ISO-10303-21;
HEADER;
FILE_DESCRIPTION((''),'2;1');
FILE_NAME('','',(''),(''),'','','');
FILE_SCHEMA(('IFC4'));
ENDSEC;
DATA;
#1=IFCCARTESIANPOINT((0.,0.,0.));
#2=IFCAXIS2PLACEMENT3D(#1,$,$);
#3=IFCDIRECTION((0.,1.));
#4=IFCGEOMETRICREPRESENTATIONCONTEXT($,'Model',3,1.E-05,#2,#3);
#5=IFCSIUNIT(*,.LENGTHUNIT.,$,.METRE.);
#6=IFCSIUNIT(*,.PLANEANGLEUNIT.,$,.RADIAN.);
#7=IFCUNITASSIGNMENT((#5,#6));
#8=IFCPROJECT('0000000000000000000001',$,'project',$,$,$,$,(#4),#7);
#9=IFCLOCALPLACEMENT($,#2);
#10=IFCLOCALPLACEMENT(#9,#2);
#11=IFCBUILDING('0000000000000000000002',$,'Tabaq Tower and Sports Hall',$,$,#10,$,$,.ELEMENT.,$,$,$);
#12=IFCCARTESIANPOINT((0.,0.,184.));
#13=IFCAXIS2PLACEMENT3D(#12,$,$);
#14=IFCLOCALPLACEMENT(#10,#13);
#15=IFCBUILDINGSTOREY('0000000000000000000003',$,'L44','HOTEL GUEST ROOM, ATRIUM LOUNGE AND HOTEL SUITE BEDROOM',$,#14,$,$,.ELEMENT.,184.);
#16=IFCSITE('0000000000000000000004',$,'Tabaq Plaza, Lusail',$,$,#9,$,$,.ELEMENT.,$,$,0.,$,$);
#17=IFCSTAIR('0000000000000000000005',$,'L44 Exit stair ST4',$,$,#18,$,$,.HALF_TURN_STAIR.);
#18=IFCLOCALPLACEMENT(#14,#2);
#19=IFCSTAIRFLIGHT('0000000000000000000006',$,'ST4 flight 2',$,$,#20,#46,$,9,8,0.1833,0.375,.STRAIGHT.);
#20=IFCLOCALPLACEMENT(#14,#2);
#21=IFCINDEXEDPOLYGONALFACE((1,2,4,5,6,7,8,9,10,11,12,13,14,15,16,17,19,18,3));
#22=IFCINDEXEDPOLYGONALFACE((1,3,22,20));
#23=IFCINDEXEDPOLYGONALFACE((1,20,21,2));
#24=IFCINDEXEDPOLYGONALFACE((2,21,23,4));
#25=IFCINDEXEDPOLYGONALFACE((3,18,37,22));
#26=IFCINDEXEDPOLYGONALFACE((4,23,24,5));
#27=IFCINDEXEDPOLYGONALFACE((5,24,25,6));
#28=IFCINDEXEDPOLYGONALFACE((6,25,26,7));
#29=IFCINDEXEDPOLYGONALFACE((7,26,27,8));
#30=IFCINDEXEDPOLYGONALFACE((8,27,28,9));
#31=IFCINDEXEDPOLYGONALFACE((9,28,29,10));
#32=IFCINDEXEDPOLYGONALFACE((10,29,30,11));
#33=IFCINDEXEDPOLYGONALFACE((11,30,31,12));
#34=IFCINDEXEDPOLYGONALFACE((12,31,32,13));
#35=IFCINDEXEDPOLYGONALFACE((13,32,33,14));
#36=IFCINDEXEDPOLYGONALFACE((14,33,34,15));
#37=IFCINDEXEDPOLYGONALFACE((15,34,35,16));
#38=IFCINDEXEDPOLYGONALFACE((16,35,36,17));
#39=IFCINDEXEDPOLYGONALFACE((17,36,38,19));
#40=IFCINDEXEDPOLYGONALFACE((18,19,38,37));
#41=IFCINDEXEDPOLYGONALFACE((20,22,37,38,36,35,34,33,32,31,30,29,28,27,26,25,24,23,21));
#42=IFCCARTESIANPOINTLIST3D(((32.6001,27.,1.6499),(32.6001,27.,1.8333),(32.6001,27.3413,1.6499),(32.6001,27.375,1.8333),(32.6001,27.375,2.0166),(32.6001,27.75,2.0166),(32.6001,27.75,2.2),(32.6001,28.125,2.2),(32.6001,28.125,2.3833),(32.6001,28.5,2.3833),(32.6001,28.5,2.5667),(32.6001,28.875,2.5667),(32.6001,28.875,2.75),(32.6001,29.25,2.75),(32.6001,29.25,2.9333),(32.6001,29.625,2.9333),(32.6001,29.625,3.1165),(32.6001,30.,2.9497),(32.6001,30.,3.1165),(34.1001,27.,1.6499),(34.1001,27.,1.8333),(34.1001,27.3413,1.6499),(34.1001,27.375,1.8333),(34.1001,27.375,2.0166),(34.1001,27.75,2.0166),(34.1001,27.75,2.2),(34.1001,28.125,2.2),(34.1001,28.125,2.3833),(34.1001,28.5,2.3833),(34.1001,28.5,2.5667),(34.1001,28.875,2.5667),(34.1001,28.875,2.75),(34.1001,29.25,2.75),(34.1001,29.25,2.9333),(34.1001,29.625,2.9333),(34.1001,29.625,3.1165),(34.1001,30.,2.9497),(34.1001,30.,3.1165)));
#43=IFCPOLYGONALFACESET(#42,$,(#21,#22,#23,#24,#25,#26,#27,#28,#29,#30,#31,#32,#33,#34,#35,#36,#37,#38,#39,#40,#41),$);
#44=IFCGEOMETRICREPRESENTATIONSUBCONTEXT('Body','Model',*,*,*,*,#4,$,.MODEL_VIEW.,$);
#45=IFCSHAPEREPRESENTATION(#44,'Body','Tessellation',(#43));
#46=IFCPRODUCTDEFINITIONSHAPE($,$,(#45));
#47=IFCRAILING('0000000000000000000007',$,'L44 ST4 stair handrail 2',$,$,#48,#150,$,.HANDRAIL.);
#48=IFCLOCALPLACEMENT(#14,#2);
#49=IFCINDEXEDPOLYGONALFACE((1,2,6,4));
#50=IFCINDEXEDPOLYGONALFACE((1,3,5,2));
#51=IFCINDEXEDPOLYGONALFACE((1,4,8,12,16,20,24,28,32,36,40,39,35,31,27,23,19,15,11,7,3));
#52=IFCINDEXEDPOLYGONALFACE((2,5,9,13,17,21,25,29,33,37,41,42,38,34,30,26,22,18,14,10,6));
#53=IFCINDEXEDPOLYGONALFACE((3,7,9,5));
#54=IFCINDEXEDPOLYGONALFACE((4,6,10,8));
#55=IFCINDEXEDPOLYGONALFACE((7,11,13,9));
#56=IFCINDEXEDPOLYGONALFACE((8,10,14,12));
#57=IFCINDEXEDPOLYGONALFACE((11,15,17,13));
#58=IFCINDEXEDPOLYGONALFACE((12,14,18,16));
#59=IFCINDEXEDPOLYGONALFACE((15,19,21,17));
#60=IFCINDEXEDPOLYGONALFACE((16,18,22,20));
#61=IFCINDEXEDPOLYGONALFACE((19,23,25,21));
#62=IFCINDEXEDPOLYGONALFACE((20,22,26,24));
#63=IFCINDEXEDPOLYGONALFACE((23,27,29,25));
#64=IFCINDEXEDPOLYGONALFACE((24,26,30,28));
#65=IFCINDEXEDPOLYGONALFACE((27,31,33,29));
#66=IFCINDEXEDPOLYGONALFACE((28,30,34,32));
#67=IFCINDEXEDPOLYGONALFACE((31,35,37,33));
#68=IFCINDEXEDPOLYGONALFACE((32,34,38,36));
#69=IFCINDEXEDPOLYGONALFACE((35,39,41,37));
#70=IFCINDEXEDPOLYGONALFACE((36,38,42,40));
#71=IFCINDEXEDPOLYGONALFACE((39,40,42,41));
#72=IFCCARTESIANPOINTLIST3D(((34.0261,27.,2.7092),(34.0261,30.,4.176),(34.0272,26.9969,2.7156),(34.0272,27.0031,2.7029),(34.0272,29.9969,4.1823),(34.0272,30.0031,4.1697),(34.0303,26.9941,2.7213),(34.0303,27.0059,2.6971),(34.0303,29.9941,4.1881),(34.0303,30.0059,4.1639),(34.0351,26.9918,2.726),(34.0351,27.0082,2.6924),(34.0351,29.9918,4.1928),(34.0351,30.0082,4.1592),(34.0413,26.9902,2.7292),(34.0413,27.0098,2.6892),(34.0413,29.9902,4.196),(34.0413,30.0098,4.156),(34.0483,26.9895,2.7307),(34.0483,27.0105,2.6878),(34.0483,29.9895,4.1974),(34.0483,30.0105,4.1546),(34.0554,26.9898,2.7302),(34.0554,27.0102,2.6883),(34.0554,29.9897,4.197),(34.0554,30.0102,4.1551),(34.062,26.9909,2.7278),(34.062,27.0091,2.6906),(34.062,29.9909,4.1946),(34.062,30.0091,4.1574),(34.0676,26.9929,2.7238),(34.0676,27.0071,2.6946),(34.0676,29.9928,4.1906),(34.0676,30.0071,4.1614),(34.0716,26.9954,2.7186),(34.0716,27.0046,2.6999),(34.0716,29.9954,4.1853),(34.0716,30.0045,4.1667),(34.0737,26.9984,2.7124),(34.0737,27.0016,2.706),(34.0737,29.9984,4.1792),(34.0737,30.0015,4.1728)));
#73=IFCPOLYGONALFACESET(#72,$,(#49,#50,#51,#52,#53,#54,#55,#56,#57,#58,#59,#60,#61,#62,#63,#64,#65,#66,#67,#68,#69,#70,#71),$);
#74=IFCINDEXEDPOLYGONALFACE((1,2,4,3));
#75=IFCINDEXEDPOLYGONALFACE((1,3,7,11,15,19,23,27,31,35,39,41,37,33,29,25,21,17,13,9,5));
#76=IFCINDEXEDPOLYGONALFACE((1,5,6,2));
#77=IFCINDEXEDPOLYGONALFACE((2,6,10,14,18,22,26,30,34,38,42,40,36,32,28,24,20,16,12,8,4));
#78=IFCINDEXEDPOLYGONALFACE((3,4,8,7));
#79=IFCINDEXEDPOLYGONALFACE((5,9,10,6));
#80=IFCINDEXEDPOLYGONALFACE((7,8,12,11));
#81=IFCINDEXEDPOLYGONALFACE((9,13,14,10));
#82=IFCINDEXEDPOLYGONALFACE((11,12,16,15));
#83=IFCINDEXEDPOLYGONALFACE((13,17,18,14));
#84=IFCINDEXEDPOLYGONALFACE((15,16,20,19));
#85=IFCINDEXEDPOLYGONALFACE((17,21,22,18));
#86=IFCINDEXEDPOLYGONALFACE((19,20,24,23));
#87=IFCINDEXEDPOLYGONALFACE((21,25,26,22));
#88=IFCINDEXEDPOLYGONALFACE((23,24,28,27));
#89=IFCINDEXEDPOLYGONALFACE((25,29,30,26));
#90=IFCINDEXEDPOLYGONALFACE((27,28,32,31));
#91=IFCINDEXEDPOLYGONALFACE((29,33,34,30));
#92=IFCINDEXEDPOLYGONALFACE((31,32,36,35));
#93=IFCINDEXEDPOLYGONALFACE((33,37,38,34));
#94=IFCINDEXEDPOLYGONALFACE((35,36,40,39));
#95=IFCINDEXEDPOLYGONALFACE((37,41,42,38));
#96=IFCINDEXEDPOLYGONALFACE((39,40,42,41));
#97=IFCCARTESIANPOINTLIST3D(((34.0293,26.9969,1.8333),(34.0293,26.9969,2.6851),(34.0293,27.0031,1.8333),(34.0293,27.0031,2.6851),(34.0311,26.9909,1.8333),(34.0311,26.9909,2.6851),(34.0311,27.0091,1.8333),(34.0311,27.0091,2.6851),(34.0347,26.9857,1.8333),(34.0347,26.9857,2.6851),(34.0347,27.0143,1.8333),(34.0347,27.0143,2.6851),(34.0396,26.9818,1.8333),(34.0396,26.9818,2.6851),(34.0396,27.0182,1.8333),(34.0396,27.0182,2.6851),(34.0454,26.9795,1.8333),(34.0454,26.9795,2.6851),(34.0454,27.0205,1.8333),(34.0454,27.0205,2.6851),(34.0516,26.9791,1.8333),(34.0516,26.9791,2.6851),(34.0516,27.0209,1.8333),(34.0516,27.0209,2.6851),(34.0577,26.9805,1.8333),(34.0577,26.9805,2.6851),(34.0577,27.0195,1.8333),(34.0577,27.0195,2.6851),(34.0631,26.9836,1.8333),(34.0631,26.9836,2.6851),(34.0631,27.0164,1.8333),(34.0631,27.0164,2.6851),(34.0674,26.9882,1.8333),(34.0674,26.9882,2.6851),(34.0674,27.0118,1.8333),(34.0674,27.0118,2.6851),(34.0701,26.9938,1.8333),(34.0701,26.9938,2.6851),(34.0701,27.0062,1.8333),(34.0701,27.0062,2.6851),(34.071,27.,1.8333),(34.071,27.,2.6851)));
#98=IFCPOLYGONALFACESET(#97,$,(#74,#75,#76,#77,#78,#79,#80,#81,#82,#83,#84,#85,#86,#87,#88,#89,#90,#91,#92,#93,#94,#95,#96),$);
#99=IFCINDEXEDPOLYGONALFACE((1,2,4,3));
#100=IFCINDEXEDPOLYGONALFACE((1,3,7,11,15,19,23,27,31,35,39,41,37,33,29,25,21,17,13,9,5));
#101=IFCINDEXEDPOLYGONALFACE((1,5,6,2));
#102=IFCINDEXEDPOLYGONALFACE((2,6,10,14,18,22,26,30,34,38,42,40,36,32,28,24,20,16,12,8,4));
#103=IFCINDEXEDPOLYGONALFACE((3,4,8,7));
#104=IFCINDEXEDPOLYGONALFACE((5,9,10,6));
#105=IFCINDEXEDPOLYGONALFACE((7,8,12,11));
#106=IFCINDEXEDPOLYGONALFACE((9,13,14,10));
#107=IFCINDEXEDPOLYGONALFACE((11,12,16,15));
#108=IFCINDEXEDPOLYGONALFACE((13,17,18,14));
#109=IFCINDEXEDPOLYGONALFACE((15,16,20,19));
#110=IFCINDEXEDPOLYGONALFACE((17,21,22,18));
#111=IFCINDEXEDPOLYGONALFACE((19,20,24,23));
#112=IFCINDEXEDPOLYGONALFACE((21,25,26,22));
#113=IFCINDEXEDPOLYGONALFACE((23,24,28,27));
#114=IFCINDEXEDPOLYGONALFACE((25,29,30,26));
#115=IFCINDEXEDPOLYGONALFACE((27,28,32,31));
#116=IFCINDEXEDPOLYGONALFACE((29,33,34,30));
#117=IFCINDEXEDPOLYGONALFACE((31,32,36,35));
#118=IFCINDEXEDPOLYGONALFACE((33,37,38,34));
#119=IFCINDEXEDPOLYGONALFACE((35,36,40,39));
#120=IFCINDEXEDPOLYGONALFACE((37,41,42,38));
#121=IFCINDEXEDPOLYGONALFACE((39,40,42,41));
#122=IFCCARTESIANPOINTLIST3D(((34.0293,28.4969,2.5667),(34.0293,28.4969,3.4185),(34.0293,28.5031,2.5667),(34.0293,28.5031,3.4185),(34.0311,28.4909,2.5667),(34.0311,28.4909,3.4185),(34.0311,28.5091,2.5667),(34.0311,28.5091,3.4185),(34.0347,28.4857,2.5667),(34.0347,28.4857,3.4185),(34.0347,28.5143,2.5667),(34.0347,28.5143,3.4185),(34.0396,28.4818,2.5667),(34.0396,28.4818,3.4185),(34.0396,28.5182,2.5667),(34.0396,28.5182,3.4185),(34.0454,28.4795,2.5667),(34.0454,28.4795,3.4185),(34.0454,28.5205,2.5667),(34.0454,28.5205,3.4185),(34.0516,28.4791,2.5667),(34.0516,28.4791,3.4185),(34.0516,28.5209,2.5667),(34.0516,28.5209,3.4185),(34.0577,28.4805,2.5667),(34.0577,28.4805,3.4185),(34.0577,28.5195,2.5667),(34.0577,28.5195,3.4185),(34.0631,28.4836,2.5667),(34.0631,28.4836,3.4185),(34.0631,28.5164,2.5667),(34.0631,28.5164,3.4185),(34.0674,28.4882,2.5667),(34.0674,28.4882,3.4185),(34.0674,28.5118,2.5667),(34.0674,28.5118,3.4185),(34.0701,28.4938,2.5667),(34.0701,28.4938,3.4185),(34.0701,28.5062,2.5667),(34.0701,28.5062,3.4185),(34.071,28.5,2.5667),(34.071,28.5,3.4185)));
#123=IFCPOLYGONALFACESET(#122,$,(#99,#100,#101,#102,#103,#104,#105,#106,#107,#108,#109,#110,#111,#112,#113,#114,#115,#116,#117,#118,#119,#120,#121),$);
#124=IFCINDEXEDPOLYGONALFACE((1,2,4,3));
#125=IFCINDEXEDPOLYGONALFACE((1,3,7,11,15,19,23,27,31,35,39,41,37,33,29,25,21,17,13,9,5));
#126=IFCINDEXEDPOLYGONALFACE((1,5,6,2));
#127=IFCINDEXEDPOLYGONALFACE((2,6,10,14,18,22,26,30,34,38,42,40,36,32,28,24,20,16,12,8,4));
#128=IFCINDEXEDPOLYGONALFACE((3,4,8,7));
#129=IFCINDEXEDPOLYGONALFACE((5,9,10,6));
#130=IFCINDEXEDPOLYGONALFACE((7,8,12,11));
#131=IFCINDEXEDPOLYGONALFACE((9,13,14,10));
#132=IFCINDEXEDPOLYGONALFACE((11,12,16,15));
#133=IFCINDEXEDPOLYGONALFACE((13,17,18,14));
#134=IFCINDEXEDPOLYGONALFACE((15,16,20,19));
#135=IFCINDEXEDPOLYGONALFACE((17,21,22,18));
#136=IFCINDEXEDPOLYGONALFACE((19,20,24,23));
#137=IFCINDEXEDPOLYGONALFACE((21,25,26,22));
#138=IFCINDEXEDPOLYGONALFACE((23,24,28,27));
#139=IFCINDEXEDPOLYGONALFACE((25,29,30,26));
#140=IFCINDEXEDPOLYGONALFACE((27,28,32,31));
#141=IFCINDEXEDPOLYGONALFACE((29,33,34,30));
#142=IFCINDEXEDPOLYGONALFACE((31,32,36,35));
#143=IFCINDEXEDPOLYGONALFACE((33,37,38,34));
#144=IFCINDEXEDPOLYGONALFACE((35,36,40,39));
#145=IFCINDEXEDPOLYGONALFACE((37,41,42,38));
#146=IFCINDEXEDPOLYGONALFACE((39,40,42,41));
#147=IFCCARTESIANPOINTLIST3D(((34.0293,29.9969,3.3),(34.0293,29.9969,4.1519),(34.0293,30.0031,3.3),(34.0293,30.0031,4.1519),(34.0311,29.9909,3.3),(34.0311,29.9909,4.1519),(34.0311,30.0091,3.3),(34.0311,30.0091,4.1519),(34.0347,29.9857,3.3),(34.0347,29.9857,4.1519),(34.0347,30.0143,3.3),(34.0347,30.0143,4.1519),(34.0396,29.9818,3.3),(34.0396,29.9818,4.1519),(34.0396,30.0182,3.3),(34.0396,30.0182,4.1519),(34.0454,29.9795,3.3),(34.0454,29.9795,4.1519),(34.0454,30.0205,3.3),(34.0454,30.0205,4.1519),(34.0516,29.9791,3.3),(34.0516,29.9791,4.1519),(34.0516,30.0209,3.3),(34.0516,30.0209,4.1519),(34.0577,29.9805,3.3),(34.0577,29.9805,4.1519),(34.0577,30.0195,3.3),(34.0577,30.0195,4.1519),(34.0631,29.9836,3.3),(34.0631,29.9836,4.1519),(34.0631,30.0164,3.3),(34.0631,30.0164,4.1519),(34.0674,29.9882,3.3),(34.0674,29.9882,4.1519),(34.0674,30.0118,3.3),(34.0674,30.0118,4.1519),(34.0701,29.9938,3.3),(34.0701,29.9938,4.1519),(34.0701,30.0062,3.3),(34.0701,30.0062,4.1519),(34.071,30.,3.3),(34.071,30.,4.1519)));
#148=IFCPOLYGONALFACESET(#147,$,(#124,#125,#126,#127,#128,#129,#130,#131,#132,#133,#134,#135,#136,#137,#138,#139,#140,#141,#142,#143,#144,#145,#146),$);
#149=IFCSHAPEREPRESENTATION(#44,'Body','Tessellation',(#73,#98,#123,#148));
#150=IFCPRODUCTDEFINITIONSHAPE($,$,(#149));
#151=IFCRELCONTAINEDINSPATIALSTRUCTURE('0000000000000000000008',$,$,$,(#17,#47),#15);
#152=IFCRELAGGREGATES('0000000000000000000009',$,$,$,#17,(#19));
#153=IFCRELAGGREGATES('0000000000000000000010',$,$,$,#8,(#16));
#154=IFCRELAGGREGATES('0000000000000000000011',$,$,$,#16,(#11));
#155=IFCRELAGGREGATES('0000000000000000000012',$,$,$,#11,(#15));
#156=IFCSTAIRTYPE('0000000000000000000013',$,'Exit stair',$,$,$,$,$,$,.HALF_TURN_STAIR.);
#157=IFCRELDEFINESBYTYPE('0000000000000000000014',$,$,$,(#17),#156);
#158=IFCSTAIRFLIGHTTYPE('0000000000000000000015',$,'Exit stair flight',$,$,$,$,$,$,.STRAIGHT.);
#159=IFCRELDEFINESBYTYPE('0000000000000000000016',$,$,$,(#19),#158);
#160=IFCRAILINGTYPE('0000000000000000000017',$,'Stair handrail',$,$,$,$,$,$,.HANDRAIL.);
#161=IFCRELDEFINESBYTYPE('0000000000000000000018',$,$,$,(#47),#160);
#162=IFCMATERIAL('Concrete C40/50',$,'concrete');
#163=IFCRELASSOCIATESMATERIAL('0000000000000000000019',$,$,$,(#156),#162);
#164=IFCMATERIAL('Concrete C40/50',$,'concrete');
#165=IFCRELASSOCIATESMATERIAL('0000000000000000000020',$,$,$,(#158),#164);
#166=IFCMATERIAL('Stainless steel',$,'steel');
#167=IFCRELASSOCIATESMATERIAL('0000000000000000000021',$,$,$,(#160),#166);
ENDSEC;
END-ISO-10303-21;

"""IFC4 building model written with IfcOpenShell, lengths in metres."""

from ifc_helpers import new_model, si_unit, direction, frame, origin, origin_2d, place, context, subcontext, project, spatial, polyline, circle, outline, extrude, material, type_object, element, aggregate, save


model = new_model("IFC4")

# Units and contexts
model_context = context("Model", 3, precision=1e-05, world=origin(), true_north=direction((0.0, 1.0)))
body_context = subcontext(model_context, "Body", "Model", "MODEL_VIEW")
ifc_project = project(units=[si_unit("LENGTHUNIT", "METRE"), si_unit("PLANEANGLEUNIT", "RADIAN")], contexts=[model_context])

# Site, building, storey
site_placement = place(None, origin())
site = spatial("IfcSite", under=ifc_project, at=site_placement, Name="Tabaq Plaza, Lusail", CompositionType="ELEMENT", RefElevation=0.0)
building_placement = place(site_placement, origin())
building = spatial("IfcBuilding", under=site, at=building_placement, Name="Tabaq Tower and Sports Hall", CompositionType="ELEMENT")
storey_placement = place(building_placement, frame((0.0, 0.0, 184.0)))
storey = spatial("IfcBuildingStorey", under=building, at=storey_placement, Name="L44", Description="HOTEL GUEST ROOM, ATRIUM LOUNGE AND HOTEL SUITE BEDROOM", CompositionType="ELEMENT", Elevation=184.0)

# Stair, stair flight
ifc_material_1 = material(Name="Concrete C40/50", Category="concrete")
stair_type = type_object("IfcStairType", Name="Exit stair", PredefinedType="HALF_TURN_STAIR", material=ifc_material_1)
stair_placement = place(storey_placement, origin())
stair = element("IfcStair", 1, at=stair_placement, inside=storey, type_object=stair_type, Name="L44 Exit stair ST4", PredefinedType="HALF_TURN_STAIR")
ifc_material_2 = material(Name="Concrete C40/50", Category="concrete")
stair_flight_type = type_object("IfcStairFlightType", Name="Exit stair flight", PredefinedType="STRAIGHT", material=ifc_material_2)
stair_flight_placement = place(storey_placement, frame((33.3501, 27.0, 1.6499), z_axis=(0.0, 0.0, 1.0), x_axis=(0.0, 1.0, 0.0)))
stair_flight = element("IfcStairFlight", 2, at=stair_flight_placement, type_object=stair_flight_type, Name="ST4 flight 2", NumberOfRisers=9, NumberOfTreads=8, PredefinedType="STRAIGHT", RiserHeight=0.1833, TreadLength=0.375, context=body_context, shape_type="SweptSolid", body=[
    extrude(outline(polyline([(0.0, 0.0), (0.0, 0.1833), (0.375, 0.1833), (0.375, 0.3667), (0.75, 0.3667), (0.75, 0.55), (1.125, 0.55), (1.125, 0.7334), (1.5, 0.7334), (1.5, 0.9167), (1.875, 0.9167), (1.875, 1.1001), (2.25, 1.1001), (2.25, 1.2834), (2.625, 1.2834), (2.625, 1.4666), (3.0, 1.4666), (3.0, 1.6499), (3.0, 1.2998), (0.3413, 0.0), (0.0, 0.0)])), frame((0.0, 0.75, 0.0), z_axis=(0.0, -1.0, 0.0), x_axis=(1.0, 0.0, 0.0)), (0.0, 0.0, 1.0), 1.5),
])
aggregate(stair, [stair_flight])

# Railing
ifc_material_3 = material(Name="Stainless steel", Category="steel")
railing_type = type_object("IfcRailingType", Name="Stair handrail", PredefinedType="HANDRAIL", material=ifc_material_3)
railing_placement = place(storey_placement, frame((34.05, 27.0, 1.8333)))
element("IfcRailing", 3, at=railing_placement, inside=storey, type_object=railing_type, Name="L44 ST4 stair handrail 2", PredefinedType="HANDRAIL", context=body_context, shape_type="SweptSolid", body=[
    extrude(circle(Radius=0.0239, at=origin_2d()), frame((0.0, 0.0, 0.876), z_axis=(0.0, 0.898369, 0.439242), x_axis=(-1.0, 0.0, 0.0)), (0.0, 0.0, 1.0), 3.3394),
    extrude(circle(Radius=0.021, at=origin_2d()), origin(), (0.0, 0.0, 1.0), 0.8518),
    extrude(circle(Radius=0.021, at=origin_2d()), frame((0.0, 1.5, 0.7334)), (0.0, 0.0, 1.0), 0.8518),
    extrude(circle(Radius=0.021, at=origin_2d()), frame((0.0, 3.0, 1.4668)), (0.0, 0.0, 1.0), 0.8518),
])

save(model, "model.ifc")
